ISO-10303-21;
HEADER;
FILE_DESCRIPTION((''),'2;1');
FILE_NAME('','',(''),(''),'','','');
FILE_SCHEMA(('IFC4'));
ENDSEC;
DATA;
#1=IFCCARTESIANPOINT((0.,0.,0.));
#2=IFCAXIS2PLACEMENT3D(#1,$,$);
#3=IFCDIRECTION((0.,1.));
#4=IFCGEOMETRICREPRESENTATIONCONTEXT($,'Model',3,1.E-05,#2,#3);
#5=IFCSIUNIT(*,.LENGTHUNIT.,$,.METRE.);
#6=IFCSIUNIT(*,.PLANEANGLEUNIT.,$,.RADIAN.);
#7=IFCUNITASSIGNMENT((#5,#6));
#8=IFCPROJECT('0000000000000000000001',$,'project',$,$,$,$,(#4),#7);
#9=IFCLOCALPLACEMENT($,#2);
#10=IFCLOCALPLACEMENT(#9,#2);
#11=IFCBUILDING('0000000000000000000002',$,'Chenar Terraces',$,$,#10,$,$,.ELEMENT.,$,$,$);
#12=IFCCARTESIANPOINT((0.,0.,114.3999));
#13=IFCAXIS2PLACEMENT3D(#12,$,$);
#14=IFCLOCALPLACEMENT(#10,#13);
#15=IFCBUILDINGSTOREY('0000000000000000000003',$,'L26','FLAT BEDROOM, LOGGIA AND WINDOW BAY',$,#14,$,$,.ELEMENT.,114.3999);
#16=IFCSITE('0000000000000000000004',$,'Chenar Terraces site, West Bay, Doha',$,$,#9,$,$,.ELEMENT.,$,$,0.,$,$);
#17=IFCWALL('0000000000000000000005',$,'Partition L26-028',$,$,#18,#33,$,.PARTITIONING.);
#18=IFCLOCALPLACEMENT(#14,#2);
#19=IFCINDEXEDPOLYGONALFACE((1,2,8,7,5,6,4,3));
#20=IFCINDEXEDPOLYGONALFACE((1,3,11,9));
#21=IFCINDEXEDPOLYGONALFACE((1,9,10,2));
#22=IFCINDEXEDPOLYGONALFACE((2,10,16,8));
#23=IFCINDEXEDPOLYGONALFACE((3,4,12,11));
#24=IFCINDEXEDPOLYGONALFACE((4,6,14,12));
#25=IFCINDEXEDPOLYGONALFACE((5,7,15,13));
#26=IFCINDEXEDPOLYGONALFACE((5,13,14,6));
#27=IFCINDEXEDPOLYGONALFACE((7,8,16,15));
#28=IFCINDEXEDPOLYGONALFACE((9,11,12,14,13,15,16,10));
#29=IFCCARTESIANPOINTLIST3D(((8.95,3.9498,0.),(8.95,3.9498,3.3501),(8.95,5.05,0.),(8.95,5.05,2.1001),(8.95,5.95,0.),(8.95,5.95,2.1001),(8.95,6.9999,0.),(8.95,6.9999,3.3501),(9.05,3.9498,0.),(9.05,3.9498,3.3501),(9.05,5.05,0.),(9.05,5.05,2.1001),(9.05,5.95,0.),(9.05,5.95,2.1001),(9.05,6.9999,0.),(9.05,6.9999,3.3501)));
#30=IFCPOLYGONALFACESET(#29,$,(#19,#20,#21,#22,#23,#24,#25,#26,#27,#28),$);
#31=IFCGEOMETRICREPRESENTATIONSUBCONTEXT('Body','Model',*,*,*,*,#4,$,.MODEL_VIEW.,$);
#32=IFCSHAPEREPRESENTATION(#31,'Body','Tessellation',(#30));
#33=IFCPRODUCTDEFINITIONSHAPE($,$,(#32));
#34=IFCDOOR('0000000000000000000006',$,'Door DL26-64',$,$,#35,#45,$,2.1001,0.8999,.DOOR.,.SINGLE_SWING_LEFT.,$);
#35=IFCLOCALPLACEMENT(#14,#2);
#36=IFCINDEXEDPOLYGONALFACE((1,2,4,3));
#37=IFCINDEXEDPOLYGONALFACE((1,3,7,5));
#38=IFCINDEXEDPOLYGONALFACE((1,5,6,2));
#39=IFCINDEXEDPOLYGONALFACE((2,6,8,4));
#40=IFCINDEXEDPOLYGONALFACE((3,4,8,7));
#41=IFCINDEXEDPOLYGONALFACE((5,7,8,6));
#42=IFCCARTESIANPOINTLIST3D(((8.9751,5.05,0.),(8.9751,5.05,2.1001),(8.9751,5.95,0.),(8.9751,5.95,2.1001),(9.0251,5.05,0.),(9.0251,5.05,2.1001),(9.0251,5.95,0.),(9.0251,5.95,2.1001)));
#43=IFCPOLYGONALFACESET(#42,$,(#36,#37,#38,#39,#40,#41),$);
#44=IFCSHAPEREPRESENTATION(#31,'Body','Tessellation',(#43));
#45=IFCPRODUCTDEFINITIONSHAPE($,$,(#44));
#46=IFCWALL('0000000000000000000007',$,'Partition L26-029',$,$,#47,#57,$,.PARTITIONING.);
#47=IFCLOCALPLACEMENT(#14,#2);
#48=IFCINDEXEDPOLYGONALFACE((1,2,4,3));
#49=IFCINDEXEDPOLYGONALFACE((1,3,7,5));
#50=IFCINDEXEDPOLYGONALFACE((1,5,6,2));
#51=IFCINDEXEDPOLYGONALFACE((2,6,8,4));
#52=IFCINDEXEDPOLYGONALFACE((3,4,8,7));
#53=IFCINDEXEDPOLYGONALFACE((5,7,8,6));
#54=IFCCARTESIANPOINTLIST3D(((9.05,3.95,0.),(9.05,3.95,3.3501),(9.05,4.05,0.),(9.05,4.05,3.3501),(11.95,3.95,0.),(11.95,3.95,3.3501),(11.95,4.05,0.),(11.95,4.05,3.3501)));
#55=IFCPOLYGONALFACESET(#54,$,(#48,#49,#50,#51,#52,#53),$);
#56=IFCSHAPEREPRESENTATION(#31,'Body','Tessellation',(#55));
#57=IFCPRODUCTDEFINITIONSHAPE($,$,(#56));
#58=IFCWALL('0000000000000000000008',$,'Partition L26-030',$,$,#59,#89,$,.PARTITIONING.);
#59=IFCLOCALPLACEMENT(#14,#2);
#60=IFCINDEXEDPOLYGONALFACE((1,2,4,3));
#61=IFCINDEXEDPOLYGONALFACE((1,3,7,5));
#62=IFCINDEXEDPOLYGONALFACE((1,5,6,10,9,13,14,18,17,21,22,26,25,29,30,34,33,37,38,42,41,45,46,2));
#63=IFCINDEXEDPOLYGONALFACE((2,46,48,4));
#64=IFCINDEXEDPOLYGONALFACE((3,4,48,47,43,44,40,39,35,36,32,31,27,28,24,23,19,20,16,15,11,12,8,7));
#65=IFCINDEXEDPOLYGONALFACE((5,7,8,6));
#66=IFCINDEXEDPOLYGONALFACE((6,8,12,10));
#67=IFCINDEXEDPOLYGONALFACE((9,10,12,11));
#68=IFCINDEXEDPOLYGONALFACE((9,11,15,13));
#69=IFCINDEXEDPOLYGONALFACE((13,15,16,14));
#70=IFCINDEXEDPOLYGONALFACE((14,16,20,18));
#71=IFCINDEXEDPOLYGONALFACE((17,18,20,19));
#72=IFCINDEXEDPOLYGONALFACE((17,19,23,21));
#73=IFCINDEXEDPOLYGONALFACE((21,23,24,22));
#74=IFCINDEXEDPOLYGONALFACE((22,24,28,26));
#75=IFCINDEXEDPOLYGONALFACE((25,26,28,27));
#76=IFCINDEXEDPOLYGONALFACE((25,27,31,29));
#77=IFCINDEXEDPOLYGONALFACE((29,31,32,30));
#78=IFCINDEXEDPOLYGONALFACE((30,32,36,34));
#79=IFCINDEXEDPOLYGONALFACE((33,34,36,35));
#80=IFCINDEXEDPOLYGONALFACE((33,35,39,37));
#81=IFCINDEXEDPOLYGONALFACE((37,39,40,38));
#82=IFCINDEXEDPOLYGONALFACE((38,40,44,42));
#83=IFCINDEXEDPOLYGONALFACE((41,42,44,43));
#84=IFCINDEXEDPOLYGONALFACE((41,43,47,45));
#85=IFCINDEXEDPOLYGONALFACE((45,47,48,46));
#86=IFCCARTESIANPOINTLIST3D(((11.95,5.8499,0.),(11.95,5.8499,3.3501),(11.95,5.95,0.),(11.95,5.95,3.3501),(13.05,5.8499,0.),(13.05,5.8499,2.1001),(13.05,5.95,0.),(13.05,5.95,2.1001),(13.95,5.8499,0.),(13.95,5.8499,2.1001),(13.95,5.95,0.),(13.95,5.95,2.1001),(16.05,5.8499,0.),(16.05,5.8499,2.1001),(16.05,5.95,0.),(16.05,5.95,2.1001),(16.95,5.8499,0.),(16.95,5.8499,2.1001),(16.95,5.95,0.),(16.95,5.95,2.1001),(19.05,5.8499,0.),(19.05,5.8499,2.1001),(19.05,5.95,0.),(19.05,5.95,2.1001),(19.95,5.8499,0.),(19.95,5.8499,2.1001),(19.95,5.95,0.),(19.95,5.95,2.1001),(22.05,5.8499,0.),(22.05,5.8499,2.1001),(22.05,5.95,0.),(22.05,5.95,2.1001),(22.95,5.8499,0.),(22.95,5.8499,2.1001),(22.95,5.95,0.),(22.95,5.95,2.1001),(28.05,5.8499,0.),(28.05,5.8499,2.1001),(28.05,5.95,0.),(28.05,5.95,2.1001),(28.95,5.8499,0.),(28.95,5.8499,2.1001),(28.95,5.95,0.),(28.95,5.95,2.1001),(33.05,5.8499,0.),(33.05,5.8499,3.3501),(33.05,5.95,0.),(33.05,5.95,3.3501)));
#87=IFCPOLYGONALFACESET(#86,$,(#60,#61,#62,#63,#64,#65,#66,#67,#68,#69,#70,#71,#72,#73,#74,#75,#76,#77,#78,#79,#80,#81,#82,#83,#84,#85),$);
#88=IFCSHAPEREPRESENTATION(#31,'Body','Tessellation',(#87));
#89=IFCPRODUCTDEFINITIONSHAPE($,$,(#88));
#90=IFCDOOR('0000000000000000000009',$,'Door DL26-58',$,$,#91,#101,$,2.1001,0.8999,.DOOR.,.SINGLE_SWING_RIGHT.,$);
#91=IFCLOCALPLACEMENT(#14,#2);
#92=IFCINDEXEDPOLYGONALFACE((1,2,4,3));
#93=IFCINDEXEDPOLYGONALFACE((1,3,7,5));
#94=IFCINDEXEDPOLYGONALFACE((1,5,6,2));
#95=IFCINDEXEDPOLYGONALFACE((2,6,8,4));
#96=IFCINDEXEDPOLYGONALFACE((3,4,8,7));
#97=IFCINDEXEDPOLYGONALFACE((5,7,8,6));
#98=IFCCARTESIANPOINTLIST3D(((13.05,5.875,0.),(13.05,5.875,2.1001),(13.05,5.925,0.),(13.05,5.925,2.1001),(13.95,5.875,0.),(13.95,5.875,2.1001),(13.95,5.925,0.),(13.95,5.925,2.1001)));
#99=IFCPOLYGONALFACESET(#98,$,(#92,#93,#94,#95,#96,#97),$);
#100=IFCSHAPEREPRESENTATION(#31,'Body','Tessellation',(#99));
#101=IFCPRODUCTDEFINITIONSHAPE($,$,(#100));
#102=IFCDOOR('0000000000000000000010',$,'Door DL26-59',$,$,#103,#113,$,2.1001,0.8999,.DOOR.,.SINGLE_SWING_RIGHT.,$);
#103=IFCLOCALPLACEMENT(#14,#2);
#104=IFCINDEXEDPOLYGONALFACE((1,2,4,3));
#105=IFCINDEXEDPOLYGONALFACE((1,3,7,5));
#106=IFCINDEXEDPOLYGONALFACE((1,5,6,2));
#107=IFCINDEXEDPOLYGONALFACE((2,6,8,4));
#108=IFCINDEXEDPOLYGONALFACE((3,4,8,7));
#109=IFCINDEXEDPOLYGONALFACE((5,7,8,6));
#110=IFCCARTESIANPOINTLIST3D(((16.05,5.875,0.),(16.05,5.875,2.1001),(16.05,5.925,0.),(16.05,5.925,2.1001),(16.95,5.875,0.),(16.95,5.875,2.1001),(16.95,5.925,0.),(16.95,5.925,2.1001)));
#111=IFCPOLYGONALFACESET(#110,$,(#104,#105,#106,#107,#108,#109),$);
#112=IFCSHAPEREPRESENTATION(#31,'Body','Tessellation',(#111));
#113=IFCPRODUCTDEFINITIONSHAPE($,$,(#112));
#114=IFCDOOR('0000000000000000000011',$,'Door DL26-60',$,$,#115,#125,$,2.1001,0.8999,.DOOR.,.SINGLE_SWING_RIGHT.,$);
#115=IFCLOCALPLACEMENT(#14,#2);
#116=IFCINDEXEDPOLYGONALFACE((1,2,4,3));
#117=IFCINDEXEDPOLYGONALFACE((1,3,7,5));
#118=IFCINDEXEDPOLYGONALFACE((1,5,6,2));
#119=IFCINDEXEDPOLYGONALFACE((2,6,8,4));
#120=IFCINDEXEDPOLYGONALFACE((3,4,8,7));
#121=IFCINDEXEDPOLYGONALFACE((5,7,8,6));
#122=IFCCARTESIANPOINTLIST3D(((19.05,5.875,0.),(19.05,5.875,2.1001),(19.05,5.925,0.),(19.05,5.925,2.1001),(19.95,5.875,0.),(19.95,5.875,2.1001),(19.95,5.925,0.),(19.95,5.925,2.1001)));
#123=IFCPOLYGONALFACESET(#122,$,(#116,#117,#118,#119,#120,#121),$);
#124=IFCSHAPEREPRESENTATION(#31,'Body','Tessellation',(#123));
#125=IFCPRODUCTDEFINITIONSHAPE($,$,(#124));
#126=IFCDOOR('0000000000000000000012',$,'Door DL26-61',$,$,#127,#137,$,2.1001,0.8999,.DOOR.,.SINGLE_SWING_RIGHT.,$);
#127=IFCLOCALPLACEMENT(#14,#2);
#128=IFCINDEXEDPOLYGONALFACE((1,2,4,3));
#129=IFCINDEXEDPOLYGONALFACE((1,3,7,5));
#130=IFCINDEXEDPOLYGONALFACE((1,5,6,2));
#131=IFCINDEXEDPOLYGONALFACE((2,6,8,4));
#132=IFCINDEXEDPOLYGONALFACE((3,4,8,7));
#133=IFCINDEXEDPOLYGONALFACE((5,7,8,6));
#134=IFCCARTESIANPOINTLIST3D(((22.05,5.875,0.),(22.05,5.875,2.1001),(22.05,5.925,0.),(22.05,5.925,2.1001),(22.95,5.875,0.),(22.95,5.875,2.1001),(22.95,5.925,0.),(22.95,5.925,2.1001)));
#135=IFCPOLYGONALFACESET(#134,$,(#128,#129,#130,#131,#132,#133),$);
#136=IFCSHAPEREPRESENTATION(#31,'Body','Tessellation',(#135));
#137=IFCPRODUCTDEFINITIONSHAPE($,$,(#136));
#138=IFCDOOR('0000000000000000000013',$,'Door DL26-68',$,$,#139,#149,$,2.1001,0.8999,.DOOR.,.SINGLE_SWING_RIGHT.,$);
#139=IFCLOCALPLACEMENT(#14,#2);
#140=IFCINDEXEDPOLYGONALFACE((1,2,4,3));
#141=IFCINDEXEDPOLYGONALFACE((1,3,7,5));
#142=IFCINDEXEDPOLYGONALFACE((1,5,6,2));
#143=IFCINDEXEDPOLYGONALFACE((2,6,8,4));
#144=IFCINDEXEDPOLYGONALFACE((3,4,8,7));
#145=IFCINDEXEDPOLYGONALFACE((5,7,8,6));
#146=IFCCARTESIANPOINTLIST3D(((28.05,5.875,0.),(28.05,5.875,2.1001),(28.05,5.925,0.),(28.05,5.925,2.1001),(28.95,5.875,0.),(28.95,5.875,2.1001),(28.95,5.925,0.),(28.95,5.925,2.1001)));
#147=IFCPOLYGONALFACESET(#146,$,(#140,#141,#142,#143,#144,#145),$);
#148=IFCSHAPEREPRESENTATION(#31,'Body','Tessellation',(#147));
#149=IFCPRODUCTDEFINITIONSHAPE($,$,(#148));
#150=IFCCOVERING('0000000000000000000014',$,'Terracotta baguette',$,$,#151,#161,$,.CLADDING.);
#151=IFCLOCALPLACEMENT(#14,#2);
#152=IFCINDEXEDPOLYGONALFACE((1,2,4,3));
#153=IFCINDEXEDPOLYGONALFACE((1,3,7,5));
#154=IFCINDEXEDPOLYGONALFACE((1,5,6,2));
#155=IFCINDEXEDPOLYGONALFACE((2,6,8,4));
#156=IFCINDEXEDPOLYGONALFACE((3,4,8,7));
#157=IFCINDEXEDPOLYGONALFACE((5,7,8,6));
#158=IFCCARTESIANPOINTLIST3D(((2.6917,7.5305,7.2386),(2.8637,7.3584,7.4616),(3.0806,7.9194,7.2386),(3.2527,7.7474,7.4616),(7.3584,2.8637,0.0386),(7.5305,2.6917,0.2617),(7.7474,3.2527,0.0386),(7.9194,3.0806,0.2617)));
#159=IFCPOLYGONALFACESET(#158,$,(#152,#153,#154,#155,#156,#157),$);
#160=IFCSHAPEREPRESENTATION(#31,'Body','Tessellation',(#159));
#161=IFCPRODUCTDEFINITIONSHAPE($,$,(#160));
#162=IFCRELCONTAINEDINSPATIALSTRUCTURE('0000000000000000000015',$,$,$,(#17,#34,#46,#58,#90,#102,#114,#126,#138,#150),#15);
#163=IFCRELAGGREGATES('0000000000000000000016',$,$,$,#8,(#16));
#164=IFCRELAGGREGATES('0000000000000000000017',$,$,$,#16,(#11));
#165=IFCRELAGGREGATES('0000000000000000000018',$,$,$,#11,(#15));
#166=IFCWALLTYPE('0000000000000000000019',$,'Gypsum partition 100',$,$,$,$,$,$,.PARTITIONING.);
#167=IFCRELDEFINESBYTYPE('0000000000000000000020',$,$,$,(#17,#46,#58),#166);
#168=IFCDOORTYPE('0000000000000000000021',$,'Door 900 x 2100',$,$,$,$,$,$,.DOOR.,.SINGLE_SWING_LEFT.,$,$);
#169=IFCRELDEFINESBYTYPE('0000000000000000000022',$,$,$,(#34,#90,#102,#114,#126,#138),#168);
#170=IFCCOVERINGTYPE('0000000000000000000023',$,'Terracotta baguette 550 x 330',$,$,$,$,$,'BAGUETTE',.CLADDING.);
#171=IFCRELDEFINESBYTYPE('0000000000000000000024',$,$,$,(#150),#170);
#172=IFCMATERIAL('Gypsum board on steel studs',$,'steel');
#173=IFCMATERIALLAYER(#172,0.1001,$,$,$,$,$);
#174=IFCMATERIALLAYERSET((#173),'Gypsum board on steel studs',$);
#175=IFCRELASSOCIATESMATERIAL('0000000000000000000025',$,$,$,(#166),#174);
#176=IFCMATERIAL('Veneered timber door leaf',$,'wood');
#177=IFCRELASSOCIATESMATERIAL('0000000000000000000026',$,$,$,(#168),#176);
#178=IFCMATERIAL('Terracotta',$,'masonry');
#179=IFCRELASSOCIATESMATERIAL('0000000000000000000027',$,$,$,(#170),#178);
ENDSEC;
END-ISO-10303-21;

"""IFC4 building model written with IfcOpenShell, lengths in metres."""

from ifc_helpers import new_model, si_unit, direction, frame, frame_2d, origin, origin_2d, place, context, subcontext, project, spatial, rectangle, extrude, material, layer, layer_set, material_profile, profile_set, type_object, element, fill, save


model = new_model("IFC4")

# Units and contexts
model_context = context("Model", 3, precision=1e-05, world=origin(), true_north=direction((0.0, 1.0)))
body_context = subcontext(model_context, "Body", "Model", "MODEL_VIEW")
ifc_project = project(units=[si_unit("LENGTHUNIT", "METRE"), si_unit("PLANEANGLEUNIT", "RADIAN")], contexts=[model_context])

# Site, building, storey
site_placement = place(None, origin())
site = spatial("IfcSite", under=ifc_project, at=site_placement, Name="Chenar Terraces site, West Bay, Doha", CompositionType="ELEMENT", RefElevation=0.0)
building_placement = place(site_placement, origin())
building = spatial("IfcBuilding", under=site, at=building_placement, Name="Chenar Terraces", CompositionType="ELEMENT")
storey_placement = place(building_placement, frame((0.0, 0.0, 114.3999)))
storey = spatial("IfcBuildingStorey", under=building, at=storey_placement, Name="L26", Description="FLAT BEDROOM, LOGGIA AND WINDOW BAY", CompositionType="ELEMENT", Elevation=114.3999)

# Wall, opening, door
ifc_material_1 = material(Name="Gypsum board on steel studs", Category="steel")
ifc_layer_1 = layer(ifc_material_1, 0.1001)
ifc_layer_set_1 = layer_set([ifc_layer_1], Name="Gypsum board on steel studs")
wall_type_1 = type_object("IfcWallType", Name="Gypsum partition 100", PredefinedType="PARTITIONING", material=ifc_layer_set_1)
wall_1_placement = place(storey_placement, frame((9.0, 3.95, 0.0), z_axis=(0.0, 0.0, 1.0), x_axis=(0.0, 1.0, 0.0)))
wall_1 = element("IfcWall", 1, at=wall_1_placement, inside=storey, type_object=wall_type_1, Name="Partition L26-028", PredefinedType="PARTITIONING", context=body_context, shape_type="SweptSolid", body=[
    extrude(rectangle(XDim=3.05, YDim=0.1001, at=frame_2d((1.5249, 0.0))), origin(), (0.0, 0.0, 1.0), 3.3501),
])
opening_1_placement = place(wall_1_placement, frame((1.1001, 0.0, 0.0)))
opening_1 = element("IfcOpeningElement", 2, at=opening_1_placement, cuts=wall_1, PredefinedType="OPENING", context=body_context, shape_type="SweptSolid", body=[
    extrude(rectangle(XDim=0.8999, YDim=2.1001, at=frame_2d((0.45, 1.05))), frame((0.0, 0.0601, 0.0), z_axis=(0.0, -1.0, 0.0), x_axis=(1.0, 0.0, 0.0)), (0.0, 0.0, 1.0), 0.1201),
])
ifc_material_2 = material(Name="Veneered timber door leaf", Category="wood")
door_type_1 = type_object("IfcDoorType", Name="Door 900 x 2100", OperationType="SINGLE_SWING_LEFT", PredefinedType="DOOR", material=ifc_material_2)
door_1_placement = place(opening_1_placement, origin())
door_1 = element("IfcDoor", 3, at=door_1_placement, inside=storey, type_object=door_type_1, Name="Door DL26-64", OperationType="SINGLE_SWING_LEFT", OverallHeight=2.1001, OverallWidth=0.8999, PredefinedType="DOOR", context=body_context, shape_type="SweptSolid", body=[
    extrude(rectangle(XDim=0.8999, YDim=2.1001, at=frame_2d((0.45, 1.05))), frame((0.0, 0.0249, 0.0), z_axis=(0.0, -1.0, 0.0), x_axis=(1.0, 0.0, 0.0)), (0.0, 0.0, 1.0), 0.05),
])
fill(opening_1, door_1)

# Wall
wall_2_placement = place(storey_placement, frame((9.05, 4.0, 0.0), z_axis=(0.0, 0.0, 1.0), x_axis=(1.0, 0.0, 0.0)))
element("IfcWall", 4, at=wall_2_placement, inside=storey, type_object=wall_type_1, Name="Partition L26-029", PredefinedType="PARTITIONING", context=body_context, shape_type="SweptSolid", body=[
    extrude(rectangle(XDim=2.8999, YDim=0.1001, at=frame_2d((1.45, 0.0))), origin(), (0.0, 0.0, 1.0), 3.3501),
])

# Wall, openings, doors
wall_3_placement = place(storey_placement, frame((11.95, 5.8999, 0.0), z_axis=(0.0, 0.0, 1.0), x_axis=(1.0, 0.0, 0.0)))
wall_3 = element("IfcWall", 5, at=wall_3_placement, inside=storey, type_object=wall_type_1, Name="Partition L26-030", PredefinedType="PARTITIONING", context=body_context, shape_type="SweptSolid", body=[
    extrude(rectangle(XDim=21.1001, YDim=0.1001, at=frame_2d((10.55, 0.0))), origin(), (0.0, 0.0, 1.0), 3.3501),
])
opening_2_placement = place(wall_3_placement, frame((1.1001, 0.0, 0.0)))
opening_2 = element("IfcOpeningElement", 6, at=opening_2_placement, cuts=wall_3, PredefinedType="OPENING", context=body_context, shape_type="SweptSolid", body=[
    extrude(rectangle(XDim=0.8999, YDim=2.1001, at=frame_2d((0.45, 1.05))), frame((0.0, 0.0601, 0.0), z_axis=(0.0, -1.0, 0.0), x_axis=(1.0, 0.0, 0.0)), (0.0, 0.0, 1.0), 0.1201),
])
opening_3_placement = place(wall_3_placement, frame((4.1001, 0.0, 0.0)))
opening_3 = element("IfcOpeningElement", 7, at=opening_3_placement, cuts=wall_3, PredefinedType="OPENING", context=body_context, shape_type="SweptSolid", body=[
    extrude(rectangle(XDim=0.8999, YDim=2.1001, at=frame_2d((0.45, 1.05))), frame((0.0, 0.0601, 0.0), z_axis=(0.0, -1.0, 0.0), x_axis=(1.0, 0.0, 0.0)), (0.0, 0.0, 1.0), 0.1201),
])
opening_4_placement = place(wall_3_placement, frame((7.1001, 0.0, 0.0)))
opening_4 = element("IfcOpeningElement", 8, at=opening_4_placement, cuts=wall_3, PredefinedType="OPENING", context=body_context, shape_type="SweptSolid", body=[
    extrude(rectangle(XDim=0.8999, YDim=2.1001, at=frame_2d((0.45, 1.05))), frame((0.0, 0.0601, 0.0), z_axis=(0.0, -1.0, 0.0), x_axis=(1.0, 0.0, 0.0)), (0.0, 0.0, 1.0), 0.1201),
])
opening_5_placement = place(wall_3_placement, frame((10.1001, 0.0, 0.0)))
opening_5 = element("IfcOpeningElement", 9, at=opening_5_placement, cuts=wall_3, PredefinedType="OPENING", context=body_context, shape_type="SweptSolid", body=[
    extrude(rectangle(XDim=0.8999, YDim=2.1001, at=frame_2d((0.45, 1.05))), frame((0.0, 0.0601, 0.0), z_axis=(0.0, -1.0, 0.0), x_axis=(1.0, 0.0, 0.0)), (0.0, 0.0, 1.0), 0.1201),
])
opening_6_placement = place(wall_3_placement, frame((16.1001, 0.0, 0.0)))
opening_6 = element("IfcOpeningElement", 10, at=opening_6_placement, cuts=wall_3, PredefinedType="OPENING", context=body_context, shape_type="SweptSolid", body=[
    extrude(rectangle(XDim=0.8999, YDim=2.1001, at=frame_2d((0.45, 1.05))), frame((0.0, 0.0601, 0.0), z_axis=(0.0, -1.0, 0.0), x_axis=(1.0, 0.0, 0.0)), (0.0, 0.0, 1.0), 0.1201),
])
door_2_placement = place(opening_2_placement, frame((0.8999, 0.0, 0.0), z_axis=(0.0, 0.0, 1.0), x_axis=(-1.0, 0.0, 0.0)))
door_2 = element("IfcDoor", 11, at=door_2_placement, inside=storey, type_object=door_type_1, Name="Door DL26-58", OperationType="SINGLE_SWING_RIGHT", OverallHeight=2.1001, OverallWidth=0.8999, PredefinedType="DOOR", context=body_context, shape_type="SweptSolid", body=[
    extrude(rectangle(XDim=0.8999, YDim=2.1001, at=frame_2d((0.45, 1.05))), frame((0.0, 0.0249, 0.0), z_axis=(0.0, -1.0, 0.0), x_axis=(1.0, 0.0, 0.0)), (0.0, 0.0, 1.0), 0.05),
])
fill(opening_2, door_2)
door_3_placement = place(opening_3_placement, frame((0.8999, 0.0, 0.0), z_axis=(0.0, 0.0, 1.0), x_axis=(-1.0, 0.0, 0.0)))
door_3 = element("IfcDoor", 12, at=door_3_placement, inside=storey, type_object=door_type_1, Name="Door DL26-59", OperationType="SINGLE_SWING_RIGHT", OverallHeight=2.1001, OverallWidth=0.8999, PredefinedType="DOOR", context=body_context, shape_type="SweptSolid", body=[
    extrude(rectangle(XDim=0.8999, YDim=2.1001, at=frame_2d((0.45, 1.05))), frame((0.0, 0.0249, 0.0), z_axis=(0.0, -1.0, 0.0), x_axis=(1.0, 0.0, 0.0)), (0.0, 0.0, 1.0), 0.05),
])
fill(opening_3, door_3)
door_4_placement = place(opening_4_placement, frame((0.8999, 0.0, 0.0), z_axis=(0.0, 0.0, 1.0), x_axis=(-1.0, 0.0, 0.0)))
door_4 = element("IfcDoor", 13, at=door_4_placement, inside=storey, type_object=door_type_1, Name="Door DL26-60", OperationType="SINGLE_SWING_RIGHT", OverallHeight=2.1001, OverallWidth=0.8999, PredefinedType="DOOR", context=body_context, shape_type="SweptSolid", body=[
    extrude(rectangle(XDim=0.8999, YDim=2.1001, at=frame_2d((0.45, 1.05))), frame((0.0, 0.0249, 0.0), z_axis=(0.0, -1.0, 0.0), x_axis=(1.0, 0.0, 0.0)), (0.0, 0.0, 1.0), 0.05),
])
fill(opening_4, door_4)
door_5_placement = place(opening_5_placement, frame((0.8999, 0.0, 0.0), z_axis=(0.0, 0.0, 1.0), x_axis=(-1.0, 0.0, 0.0)))
door_5 = element("IfcDoor", 14, at=door_5_placement, inside=storey, type_object=door_type_1, Name="Door DL26-61", OperationType="SINGLE_SWING_RIGHT", OverallHeight=2.1001, OverallWidth=0.8999, PredefinedType="DOOR", context=body_context, shape_type="SweptSolid", body=[
    extrude(rectangle(XDim=0.8999, YDim=2.1001, at=frame_2d((0.45, 1.05))), frame((0.0, 0.0249, 0.0), z_axis=(0.0, -1.0, 0.0), x_axis=(1.0, 0.0, 0.0)), (0.0, 0.0, 1.0), 0.05),
])
fill(opening_5, door_5)
door_6_placement = place(opening_6_placement, frame((0.8999, 0.0, 0.0), z_axis=(0.0, 0.0, 1.0), x_axis=(-1.0, 0.0, 0.0)))
door_6 = element("IfcDoor", 15, at=door_6_placement, inside=storey, type_object=door_type_1, Name="Door DL26-68", OperationType="SINGLE_SWING_RIGHT", OverallHeight=2.1001, OverallWidth=0.8999, PredefinedType="DOOR", context=body_context, shape_type="SweptSolid", body=[
    extrude(rectangle(XDim=0.8999, YDim=2.1001, at=frame_2d((0.45, 1.05))), frame((0.0, 0.0249, 0.0), z_axis=(0.0, -1.0, 0.0), x_axis=(1.0, 0.0, 0.0)), (0.0, 0.0, 1.0), 0.05),
])
fill(opening_6, door_6)

# Covering
ifc_material_3 = material(Name="Terracotta", Category="masonry")
ifc_material_profile = material_profile(ifc_material_3, rectangle(XDim=0.55, YDim=0.3301, at=origin_2d()), Name="Terracotta baguette 550 x 330")
ifc_profile_set = profile_set([ifc_material_profile], Name="Terracotta")
covering_type = type_object("IfcCoveringType", Name="Terracotta baguette 550 x 330", ElementType="BAGUETTE", PredefinedType="CLADDING", material=ifc_profile_set)
covering_1_placement = place(storey_placement, frame((2.9722, 7.6389, 7.3501), z_axis=(0.477803, -0.477803, -0.737163), x_axis=(0.707107, 0.707107, 0.0)))
element("IfcCovering", 16, at=covering_1_placement, inside=storey, type_object=covering_type, Name="Terracotta baguette", PredefinedType="CLADDING", context=body_context, shape_type="SweptSolid", body=[
    extrude(rectangle(XDim=0.55, YDim=0.3301, at=origin_2d()), origin(), (0.0, 0.0, 1.0), 9.7671),
])

save(model, "model.ifc")
